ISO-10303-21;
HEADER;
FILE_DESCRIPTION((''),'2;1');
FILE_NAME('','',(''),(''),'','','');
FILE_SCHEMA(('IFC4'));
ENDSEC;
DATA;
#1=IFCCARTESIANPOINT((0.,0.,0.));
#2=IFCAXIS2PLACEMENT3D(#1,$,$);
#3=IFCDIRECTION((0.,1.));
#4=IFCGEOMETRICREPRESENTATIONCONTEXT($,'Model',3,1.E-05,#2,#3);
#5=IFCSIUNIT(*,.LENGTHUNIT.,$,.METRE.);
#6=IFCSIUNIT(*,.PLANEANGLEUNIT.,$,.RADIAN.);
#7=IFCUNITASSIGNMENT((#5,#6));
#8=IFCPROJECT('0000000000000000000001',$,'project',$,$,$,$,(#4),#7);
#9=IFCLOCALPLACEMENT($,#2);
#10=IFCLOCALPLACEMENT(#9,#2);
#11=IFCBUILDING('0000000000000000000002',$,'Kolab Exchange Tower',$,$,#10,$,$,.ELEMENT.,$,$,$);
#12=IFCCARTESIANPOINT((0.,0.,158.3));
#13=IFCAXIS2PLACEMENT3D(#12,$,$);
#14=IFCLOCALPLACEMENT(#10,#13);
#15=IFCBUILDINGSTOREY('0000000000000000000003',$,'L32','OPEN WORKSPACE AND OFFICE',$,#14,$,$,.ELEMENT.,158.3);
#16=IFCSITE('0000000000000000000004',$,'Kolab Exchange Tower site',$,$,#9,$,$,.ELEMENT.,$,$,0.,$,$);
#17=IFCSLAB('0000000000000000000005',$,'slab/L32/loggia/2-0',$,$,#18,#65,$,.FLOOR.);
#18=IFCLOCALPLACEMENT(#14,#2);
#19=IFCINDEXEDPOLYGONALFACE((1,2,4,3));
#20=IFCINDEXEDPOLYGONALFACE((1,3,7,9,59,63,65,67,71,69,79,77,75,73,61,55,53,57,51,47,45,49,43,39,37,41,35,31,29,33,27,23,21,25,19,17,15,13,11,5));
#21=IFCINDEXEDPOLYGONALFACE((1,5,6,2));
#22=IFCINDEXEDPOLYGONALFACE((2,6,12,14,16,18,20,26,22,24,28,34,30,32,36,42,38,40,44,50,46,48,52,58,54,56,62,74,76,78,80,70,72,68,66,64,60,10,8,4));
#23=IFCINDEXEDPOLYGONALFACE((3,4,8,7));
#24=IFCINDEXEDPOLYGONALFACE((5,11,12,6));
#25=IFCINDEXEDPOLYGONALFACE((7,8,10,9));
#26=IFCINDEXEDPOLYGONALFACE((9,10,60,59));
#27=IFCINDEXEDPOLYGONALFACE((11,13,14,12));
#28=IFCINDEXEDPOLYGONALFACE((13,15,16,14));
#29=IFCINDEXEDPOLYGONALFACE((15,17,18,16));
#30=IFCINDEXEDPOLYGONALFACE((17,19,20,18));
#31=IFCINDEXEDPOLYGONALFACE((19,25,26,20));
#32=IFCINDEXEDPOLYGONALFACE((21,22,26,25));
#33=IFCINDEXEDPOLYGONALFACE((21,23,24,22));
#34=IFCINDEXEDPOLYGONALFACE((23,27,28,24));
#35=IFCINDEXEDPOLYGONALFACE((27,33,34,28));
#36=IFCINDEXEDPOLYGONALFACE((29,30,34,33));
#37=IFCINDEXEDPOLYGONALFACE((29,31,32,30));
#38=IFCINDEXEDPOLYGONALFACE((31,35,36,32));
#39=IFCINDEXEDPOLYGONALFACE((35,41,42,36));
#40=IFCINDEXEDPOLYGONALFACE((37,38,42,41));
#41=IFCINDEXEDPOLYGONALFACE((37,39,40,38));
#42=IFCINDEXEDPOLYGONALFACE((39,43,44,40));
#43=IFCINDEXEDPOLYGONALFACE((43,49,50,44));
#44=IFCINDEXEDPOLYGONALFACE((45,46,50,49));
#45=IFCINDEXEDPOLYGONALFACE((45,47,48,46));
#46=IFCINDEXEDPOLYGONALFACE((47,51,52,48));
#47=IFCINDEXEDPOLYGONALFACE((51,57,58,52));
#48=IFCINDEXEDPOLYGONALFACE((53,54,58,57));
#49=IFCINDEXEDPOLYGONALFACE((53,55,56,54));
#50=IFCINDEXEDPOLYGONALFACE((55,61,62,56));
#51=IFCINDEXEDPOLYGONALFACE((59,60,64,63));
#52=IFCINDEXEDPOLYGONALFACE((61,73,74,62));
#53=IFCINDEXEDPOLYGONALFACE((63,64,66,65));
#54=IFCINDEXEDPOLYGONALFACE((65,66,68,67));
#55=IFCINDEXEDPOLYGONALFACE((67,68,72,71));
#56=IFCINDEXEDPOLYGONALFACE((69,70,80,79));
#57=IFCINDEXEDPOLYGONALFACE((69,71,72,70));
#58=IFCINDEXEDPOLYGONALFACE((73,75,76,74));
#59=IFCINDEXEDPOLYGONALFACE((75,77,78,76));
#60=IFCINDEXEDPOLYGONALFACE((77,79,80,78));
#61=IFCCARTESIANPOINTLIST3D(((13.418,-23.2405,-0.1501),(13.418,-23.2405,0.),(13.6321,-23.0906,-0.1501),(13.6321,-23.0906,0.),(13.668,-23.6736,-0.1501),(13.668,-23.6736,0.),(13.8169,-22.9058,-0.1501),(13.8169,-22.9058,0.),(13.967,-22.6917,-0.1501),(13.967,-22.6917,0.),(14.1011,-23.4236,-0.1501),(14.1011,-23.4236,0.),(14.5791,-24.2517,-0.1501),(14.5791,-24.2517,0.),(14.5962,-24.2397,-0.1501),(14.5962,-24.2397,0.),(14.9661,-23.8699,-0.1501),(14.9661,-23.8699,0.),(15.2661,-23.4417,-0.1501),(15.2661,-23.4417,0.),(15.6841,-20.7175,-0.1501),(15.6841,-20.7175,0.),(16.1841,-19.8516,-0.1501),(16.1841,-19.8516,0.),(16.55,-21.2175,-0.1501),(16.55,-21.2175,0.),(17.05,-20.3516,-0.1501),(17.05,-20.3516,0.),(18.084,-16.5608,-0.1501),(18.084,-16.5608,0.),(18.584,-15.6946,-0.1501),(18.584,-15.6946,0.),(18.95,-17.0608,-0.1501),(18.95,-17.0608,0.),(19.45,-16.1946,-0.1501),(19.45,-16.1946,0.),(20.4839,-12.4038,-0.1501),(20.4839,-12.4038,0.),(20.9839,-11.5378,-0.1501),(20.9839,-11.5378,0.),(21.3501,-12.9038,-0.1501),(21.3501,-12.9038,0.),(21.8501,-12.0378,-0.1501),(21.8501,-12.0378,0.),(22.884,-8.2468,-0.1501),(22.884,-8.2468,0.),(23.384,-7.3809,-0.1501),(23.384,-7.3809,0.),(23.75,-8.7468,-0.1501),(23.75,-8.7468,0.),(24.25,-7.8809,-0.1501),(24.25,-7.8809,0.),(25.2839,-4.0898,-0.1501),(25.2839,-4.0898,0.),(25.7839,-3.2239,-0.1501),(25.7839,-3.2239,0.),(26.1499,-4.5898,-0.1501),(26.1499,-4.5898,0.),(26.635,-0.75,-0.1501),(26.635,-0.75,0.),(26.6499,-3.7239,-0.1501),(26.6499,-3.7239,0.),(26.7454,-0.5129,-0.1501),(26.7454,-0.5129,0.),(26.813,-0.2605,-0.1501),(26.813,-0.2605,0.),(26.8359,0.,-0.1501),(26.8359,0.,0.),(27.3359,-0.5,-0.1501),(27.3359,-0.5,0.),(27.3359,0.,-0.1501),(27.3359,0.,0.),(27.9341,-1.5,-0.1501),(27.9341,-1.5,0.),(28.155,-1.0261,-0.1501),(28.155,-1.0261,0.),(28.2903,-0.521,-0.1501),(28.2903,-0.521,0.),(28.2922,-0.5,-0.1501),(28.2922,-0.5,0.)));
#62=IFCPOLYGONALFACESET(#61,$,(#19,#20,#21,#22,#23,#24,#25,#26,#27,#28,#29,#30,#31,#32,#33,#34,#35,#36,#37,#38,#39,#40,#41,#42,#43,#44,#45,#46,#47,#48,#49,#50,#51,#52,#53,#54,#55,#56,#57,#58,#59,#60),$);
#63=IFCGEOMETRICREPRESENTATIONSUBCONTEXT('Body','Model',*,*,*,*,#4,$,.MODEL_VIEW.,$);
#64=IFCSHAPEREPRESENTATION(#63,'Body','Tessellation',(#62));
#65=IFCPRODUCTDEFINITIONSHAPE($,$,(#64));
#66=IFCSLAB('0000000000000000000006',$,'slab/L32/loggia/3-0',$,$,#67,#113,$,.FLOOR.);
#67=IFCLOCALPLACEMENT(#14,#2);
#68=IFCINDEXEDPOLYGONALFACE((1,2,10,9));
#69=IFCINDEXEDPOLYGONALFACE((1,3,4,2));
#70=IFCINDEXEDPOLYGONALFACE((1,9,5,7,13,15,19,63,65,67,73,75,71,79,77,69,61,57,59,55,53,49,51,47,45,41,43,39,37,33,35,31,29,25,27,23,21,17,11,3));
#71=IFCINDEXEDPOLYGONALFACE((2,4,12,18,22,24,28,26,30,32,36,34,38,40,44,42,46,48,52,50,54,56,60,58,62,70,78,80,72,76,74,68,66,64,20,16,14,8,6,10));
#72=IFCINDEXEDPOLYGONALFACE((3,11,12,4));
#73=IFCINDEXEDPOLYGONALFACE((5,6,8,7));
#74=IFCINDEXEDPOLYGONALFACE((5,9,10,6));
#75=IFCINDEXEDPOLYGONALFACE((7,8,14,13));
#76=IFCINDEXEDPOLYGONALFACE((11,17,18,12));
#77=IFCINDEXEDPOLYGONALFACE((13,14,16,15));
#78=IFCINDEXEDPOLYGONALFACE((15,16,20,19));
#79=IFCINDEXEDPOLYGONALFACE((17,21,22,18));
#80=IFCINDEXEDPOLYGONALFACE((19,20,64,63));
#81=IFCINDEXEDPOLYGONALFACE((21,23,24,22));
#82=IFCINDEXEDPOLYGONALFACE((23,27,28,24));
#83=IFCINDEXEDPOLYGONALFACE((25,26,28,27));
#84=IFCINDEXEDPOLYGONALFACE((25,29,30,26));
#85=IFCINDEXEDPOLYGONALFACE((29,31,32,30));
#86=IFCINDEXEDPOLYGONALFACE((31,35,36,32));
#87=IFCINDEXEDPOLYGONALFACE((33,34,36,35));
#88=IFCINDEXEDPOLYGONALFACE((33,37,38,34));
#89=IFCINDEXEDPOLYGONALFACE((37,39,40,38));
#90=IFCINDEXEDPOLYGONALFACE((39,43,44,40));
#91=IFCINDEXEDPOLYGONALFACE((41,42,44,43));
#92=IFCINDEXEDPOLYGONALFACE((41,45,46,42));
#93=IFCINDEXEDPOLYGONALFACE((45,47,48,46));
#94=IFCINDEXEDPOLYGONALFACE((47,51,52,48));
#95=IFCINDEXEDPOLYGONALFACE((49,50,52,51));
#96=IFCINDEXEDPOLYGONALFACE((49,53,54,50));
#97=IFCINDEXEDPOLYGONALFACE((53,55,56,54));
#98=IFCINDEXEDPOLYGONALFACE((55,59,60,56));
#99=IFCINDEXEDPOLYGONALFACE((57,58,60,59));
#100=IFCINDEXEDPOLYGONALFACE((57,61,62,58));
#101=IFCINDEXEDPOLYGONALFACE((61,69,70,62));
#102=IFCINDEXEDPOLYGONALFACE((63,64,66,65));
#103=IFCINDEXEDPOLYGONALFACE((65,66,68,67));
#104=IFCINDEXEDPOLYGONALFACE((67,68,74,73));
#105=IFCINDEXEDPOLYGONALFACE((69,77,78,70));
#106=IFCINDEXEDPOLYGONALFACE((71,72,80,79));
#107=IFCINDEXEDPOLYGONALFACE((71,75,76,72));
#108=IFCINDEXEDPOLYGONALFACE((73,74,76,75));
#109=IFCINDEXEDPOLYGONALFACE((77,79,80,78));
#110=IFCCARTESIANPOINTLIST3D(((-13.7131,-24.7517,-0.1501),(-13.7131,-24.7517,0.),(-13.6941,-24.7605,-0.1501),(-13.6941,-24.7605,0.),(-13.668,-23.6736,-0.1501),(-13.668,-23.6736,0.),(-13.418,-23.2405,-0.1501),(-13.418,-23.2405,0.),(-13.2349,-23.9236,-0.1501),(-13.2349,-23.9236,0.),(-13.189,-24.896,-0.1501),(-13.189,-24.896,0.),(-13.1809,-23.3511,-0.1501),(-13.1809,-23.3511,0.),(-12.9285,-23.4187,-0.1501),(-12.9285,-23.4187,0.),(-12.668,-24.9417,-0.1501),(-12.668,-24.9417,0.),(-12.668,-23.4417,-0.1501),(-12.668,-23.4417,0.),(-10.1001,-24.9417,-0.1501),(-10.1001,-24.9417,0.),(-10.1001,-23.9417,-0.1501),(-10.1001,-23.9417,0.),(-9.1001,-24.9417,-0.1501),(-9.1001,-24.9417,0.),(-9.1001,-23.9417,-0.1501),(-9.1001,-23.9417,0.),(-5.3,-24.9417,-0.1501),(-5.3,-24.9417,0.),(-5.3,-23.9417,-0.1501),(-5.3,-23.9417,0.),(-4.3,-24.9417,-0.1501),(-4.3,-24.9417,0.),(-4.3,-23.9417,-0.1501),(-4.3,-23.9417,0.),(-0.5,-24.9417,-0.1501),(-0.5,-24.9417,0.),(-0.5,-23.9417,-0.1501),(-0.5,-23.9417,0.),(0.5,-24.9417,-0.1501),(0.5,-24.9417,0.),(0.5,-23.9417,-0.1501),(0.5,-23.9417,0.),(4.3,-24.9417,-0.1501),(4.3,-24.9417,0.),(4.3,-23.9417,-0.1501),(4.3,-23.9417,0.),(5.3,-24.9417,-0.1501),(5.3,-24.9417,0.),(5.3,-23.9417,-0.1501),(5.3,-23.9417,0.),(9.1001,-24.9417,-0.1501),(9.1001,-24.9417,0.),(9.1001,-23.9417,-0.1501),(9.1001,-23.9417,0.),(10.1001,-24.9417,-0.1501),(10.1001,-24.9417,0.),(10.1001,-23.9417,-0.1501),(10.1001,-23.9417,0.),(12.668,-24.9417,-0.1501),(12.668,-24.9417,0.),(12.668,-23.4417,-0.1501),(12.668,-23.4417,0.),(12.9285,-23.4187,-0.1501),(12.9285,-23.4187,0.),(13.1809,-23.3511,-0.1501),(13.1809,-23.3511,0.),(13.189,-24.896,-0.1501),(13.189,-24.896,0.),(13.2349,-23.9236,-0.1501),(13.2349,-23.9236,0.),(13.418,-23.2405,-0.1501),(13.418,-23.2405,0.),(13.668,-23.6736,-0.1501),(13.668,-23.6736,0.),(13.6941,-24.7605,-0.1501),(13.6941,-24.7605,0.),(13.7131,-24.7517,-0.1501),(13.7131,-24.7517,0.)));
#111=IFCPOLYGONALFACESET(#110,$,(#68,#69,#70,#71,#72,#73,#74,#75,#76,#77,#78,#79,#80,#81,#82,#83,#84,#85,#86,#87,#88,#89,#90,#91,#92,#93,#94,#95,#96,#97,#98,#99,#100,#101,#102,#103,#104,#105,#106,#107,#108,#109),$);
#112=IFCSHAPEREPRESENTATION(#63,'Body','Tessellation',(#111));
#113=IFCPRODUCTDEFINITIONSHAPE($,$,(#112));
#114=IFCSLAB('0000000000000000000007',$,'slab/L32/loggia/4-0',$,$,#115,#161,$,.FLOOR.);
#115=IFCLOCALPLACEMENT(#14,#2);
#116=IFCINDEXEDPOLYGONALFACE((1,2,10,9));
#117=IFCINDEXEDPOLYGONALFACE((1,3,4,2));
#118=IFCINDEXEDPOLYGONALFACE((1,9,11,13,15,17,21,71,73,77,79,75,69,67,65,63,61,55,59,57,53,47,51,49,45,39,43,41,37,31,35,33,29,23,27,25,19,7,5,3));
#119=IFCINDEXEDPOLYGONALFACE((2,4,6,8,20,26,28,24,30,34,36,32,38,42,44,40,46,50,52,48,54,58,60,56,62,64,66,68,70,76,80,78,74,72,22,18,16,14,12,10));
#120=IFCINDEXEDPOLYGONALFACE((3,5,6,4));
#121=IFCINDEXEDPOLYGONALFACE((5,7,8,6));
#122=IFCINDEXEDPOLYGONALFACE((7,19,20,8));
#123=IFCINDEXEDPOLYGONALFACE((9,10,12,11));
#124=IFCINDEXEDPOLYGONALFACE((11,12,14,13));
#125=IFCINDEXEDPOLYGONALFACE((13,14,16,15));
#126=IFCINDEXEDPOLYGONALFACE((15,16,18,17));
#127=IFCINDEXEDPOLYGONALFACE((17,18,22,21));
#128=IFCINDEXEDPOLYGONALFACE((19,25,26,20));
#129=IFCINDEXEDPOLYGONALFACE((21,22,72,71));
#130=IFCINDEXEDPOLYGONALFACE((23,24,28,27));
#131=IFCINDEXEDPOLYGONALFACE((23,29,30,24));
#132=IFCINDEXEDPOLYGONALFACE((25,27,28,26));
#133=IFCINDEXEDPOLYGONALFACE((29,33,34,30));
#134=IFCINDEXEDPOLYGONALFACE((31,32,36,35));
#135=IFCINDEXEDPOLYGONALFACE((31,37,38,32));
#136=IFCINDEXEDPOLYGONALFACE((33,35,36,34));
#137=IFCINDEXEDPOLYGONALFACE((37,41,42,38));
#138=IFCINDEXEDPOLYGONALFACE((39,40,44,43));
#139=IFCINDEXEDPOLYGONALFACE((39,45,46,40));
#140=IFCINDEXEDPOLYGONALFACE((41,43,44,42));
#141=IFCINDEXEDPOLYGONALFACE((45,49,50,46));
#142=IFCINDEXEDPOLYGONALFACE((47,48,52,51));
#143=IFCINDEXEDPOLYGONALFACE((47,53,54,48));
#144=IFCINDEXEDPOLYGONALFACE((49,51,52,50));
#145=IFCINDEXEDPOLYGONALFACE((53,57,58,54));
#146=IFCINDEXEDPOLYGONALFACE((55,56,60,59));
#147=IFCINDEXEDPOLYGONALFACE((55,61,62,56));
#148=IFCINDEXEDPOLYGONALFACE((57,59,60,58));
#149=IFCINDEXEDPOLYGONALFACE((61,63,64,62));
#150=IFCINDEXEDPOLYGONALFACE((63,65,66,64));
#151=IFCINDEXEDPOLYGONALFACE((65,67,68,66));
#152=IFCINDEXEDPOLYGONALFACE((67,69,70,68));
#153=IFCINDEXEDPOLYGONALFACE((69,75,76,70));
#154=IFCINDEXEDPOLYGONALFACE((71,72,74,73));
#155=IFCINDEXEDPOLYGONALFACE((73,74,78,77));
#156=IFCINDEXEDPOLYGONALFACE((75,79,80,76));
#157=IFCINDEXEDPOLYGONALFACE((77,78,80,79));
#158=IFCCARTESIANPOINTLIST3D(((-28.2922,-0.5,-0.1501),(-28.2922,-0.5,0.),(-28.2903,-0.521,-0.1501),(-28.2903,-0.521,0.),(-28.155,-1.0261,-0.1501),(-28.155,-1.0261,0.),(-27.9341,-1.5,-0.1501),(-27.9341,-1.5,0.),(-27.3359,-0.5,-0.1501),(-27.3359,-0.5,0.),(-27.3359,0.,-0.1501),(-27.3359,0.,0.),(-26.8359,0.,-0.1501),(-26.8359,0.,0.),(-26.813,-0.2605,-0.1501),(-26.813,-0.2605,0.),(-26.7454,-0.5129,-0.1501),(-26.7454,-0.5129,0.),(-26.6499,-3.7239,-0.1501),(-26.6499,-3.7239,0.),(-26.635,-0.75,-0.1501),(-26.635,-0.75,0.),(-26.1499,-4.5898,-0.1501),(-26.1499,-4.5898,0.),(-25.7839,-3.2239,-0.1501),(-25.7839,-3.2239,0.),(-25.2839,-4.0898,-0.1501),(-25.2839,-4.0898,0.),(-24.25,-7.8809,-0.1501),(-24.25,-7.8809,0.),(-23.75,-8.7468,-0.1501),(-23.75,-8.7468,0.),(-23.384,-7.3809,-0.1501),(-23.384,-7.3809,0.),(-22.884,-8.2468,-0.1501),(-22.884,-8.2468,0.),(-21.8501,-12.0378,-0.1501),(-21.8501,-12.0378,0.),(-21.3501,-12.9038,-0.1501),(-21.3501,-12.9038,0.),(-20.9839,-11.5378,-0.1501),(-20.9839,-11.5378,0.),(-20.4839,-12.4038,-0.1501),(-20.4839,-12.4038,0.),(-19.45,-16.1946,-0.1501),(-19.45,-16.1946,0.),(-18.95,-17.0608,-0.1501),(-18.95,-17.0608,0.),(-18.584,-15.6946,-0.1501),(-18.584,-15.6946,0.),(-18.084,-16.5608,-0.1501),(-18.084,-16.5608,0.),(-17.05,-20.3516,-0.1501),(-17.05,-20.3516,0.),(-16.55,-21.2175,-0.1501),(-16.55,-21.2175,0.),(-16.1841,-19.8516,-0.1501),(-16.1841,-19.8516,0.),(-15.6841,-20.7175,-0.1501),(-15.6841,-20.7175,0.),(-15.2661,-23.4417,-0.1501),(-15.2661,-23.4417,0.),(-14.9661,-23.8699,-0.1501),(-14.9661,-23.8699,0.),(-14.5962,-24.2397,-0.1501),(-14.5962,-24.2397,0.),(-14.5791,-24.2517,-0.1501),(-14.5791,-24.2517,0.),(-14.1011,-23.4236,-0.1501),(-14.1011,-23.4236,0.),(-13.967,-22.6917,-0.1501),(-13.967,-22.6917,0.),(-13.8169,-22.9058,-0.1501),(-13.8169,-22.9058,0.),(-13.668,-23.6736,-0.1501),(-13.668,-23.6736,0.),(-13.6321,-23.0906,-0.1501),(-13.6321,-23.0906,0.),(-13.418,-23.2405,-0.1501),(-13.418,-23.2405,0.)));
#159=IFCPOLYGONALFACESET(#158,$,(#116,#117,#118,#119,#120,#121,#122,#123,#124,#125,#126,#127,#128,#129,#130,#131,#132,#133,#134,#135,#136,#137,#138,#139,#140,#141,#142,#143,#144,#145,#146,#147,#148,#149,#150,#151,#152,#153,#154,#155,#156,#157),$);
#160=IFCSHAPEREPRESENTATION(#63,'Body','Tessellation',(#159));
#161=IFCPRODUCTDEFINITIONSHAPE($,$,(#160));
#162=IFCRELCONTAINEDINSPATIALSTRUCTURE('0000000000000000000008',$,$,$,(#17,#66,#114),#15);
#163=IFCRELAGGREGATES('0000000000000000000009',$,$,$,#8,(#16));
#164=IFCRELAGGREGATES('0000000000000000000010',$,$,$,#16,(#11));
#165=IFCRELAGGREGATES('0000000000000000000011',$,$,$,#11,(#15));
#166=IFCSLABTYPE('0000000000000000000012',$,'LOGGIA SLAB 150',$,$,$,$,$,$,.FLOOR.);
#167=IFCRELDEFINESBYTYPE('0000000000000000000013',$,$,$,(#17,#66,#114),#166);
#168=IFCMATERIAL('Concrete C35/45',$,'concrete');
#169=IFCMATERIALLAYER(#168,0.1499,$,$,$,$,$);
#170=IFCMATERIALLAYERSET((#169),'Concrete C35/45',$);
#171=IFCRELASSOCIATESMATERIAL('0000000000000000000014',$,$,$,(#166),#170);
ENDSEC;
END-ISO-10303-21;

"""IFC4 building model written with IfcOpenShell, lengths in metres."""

from ifc_helpers import new_model, si_unit, direction, frame, origin, place, context, subcontext, project, spatial, polyline, outline, extrude, material, layer, layer_set, type_object, element, save


model = new_model("IFC4")

# Units and contexts
model_context = context("Model", 3, precision=1e-05, world=origin(), true_north=direction((0.0, 1.0)))
body_context = subcontext(model_context, "Body", "Model", "MODEL_VIEW")
ifc_project = project(units=[si_unit("LENGTHUNIT", "METRE"), si_unit("PLANEANGLEUNIT", "RADIAN")], contexts=[model_context])

# Site, building, storey
site_placement = place(None, origin())
site = spatial("IfcSite", under=ifc_project, at=site_placement, Name="Kolab Exchange Tower site", CompositionType="ELEMENT", RefElevation=0.0)
building_placement = place(site_placement, origin())
building = spatial("IfcBuilding", under=site, at=building_placement, Name="Kolab Exchange Tower", CompositionType="ELEMENT")
storey_placement = place(building_placement, frame((0.0, 0.0, 158.3)))
storey = spatial("IfcBuildingStorey", under=building, at=storey_placement, Name="L32", Description="OPEN WORKSPACE AND OFFICE", CompositionType="ELEMENT", Elevation=158.3)

# Slabs
ifc_material_1 = material(Name="Concrete C35/45", Category="concrete")
ifc_layer_1 = layer(ifc_material_1, 0.1499)
ifc_layer_set_1 = layer_set([ifc_layer_1], Name="Concrete C35/45")
slab_type_1 = type_object("IfcSlabType", Name="LOGGIA SLAB 150", PredefinedType="FLOOR", material=ifc_layer_set_1)
slab_1_placement = place(storey_placement, frame((0.0, 0.0, -0.1501)))
element("IfcSlab", 1, at=slab_1_placement, inside=storey, type_object=slab_type_1, Name="slab/L32/loggia/2-0", PredefinedType="FLOOR", context=body_context, shape_type="SweptSolid", body=[
    extrude(outline(polyline([(15.2661, -23.4417), (16.55, -21.2175), (15.6841, -20.7175), (16.1841, -19.8516), (17.05, -20.3516), (18.95, -17.0608), (18.084, -16.5608), (18.584, -15.6946), (19.45, -16.1946), (21.3501, -12.9038), (20.4839, -12.4038), (20.9839, -11.5378), (21.8501, -12.0378), (23.75, -8.7468), (22.884, -8.2468), (23.384, -7.3809), (24.25, -7.8809), (26.1499, -4.5898), (25.2839, -4.0898), (25.7839, -3.2239), (26.6499, -3.7239), (27.9341, -1.5), (28.155, -1.0261), (28.2903, -0.521), (28.2922, -0.5), (27.3359, -0.5), (27.3359, 0.0), (26.8359, 0.0), (26.813, -0.2605), (26.7454, -0.5129), (26.635, -0.75), (13.967, -22.6917), (13.8169, -22.9058), (13.6321, -23.0906), (13.418, -23.2405), (13.668, -23.6736), (14.1011, -23.4236), (14.5791, -24.2517), (14.5962, -24.2397), (14.9661, -23.8699), (15.2661, -23.4417)])), origin(), (0.0, 0.0, 1.0), 0.1501),
])
slab_2_placement = place(storey_placement, frame((0.0, 0.0, -0.1501)))
element("IfcSlab", 2, at=slab_2_placement, inside=storey, type_object=slab_type_1, Name="slab/L32/loggia/3-0", PredefinedType="FLOOR", context=body_context, shape_type="SweptSolid", body=[
    extrude(outline(polyline([(-13.418, -23.2405), (-13.668, -23.6736), (-13.2349, -23.9236), (-13.7131, -24.7517), (-13.6941, -24.7605), (-13.189, -24.896), (-12.668, -24.9417), (-10.1001, -24.9417), (-10.1001, -23.9417), (-9.1001, -23.9417), (-9.1001, -24.9417), (-5.3, -24.9417), (-5.3, -23.9417), (-4.3, -23.9417), (-4.3, -24.9417), (-0.5, -24.9417), (-0.5, -23.9417), (0.5, -23.9417), (0.5, -24.9417), (4.3, -24.9417), (4.3, -23.9417), (5.3, -23.9417), (5.3, -24.9417), (9.1001, -24.9417), (9.1001, -23.9417), (10.1001, -23.9417), (10.1001, -24.9417), (12.668, -24.9417), (13.189, -24.896), (13.6941, -24.7605), (13.7131, -24.7517), (13.2349, -23.9236), (13.668, -23.6736), (13.418, -23.2405), (13.1809, -23.3511), (12.9285, -23.4187), (12.668, -23.4417), (-12.668, -23.4417), (-12.9285, -23.4187), (-13.1809, -23.3511), (-13.418, -23.2405)])), origin(), (0.0, 0.0, 1.0), 0.1501),
])
slab_3_placement = place(storey_placement, frame((0.0, 0.0, -0.1501)))
element("IfcSlab", 3, at=slab_3_placement, inside=storey, type_object=slab_type_1, Name="slab/L32/loggia/4-0", PredefinedType="FLOOR", context=body_context, shape_type="SweptSolid", body=[
    extrude(outline(polyline([(-26.8359, 0.0), (-27.3359, 0.0), (-27.3359, -0.5), (-28.2922, -0.5), (-28.2903, -0.521), (-28.155, -1.0261), (-27.9341, -1.5), (-26.6499, -3.7239), (-25.7839, -3.2239), (-25.2839, -4.0898), (-26.1499, -4.5898), (-24.25, -7.8809), (-23.384, -7.3809), (-22.884, -8.2468), (-23.75, -8.7468), (-21.8501, -12.0378), (-20.9839, -11.5378), (-20.4839, -12.4038), (-21.3501, -12.9038), (-19.45, -16.1946), (-18.584, -15.6946), (-18.084, -16.5608), (-18.95, -17.0608), (-17.05, -20.3516), (-16.1841, -19.8516), (-15.6841, -20.7175), (-16.55, -21.2175), (-15.2661, -23.4417), (-14.9661, -23.8699), (-14.5962, -24.2397), (-14.5791, -24.2517), (-14.1011, -23.4236), (-13.668, -23.6736), (-13.418, -23.2405), (-13.6321, -23.0906), (-13.8169, -22.9058), (-13.967, -22.6917), (-26.635, -0.75), (-26.7454, -0.5129), (-26.813, -0.2605), (-26.8359, 0.0)])), origin(), (0.0, 0.0, 1.0), 0.1501),
])

save(model, "model.ifc")
